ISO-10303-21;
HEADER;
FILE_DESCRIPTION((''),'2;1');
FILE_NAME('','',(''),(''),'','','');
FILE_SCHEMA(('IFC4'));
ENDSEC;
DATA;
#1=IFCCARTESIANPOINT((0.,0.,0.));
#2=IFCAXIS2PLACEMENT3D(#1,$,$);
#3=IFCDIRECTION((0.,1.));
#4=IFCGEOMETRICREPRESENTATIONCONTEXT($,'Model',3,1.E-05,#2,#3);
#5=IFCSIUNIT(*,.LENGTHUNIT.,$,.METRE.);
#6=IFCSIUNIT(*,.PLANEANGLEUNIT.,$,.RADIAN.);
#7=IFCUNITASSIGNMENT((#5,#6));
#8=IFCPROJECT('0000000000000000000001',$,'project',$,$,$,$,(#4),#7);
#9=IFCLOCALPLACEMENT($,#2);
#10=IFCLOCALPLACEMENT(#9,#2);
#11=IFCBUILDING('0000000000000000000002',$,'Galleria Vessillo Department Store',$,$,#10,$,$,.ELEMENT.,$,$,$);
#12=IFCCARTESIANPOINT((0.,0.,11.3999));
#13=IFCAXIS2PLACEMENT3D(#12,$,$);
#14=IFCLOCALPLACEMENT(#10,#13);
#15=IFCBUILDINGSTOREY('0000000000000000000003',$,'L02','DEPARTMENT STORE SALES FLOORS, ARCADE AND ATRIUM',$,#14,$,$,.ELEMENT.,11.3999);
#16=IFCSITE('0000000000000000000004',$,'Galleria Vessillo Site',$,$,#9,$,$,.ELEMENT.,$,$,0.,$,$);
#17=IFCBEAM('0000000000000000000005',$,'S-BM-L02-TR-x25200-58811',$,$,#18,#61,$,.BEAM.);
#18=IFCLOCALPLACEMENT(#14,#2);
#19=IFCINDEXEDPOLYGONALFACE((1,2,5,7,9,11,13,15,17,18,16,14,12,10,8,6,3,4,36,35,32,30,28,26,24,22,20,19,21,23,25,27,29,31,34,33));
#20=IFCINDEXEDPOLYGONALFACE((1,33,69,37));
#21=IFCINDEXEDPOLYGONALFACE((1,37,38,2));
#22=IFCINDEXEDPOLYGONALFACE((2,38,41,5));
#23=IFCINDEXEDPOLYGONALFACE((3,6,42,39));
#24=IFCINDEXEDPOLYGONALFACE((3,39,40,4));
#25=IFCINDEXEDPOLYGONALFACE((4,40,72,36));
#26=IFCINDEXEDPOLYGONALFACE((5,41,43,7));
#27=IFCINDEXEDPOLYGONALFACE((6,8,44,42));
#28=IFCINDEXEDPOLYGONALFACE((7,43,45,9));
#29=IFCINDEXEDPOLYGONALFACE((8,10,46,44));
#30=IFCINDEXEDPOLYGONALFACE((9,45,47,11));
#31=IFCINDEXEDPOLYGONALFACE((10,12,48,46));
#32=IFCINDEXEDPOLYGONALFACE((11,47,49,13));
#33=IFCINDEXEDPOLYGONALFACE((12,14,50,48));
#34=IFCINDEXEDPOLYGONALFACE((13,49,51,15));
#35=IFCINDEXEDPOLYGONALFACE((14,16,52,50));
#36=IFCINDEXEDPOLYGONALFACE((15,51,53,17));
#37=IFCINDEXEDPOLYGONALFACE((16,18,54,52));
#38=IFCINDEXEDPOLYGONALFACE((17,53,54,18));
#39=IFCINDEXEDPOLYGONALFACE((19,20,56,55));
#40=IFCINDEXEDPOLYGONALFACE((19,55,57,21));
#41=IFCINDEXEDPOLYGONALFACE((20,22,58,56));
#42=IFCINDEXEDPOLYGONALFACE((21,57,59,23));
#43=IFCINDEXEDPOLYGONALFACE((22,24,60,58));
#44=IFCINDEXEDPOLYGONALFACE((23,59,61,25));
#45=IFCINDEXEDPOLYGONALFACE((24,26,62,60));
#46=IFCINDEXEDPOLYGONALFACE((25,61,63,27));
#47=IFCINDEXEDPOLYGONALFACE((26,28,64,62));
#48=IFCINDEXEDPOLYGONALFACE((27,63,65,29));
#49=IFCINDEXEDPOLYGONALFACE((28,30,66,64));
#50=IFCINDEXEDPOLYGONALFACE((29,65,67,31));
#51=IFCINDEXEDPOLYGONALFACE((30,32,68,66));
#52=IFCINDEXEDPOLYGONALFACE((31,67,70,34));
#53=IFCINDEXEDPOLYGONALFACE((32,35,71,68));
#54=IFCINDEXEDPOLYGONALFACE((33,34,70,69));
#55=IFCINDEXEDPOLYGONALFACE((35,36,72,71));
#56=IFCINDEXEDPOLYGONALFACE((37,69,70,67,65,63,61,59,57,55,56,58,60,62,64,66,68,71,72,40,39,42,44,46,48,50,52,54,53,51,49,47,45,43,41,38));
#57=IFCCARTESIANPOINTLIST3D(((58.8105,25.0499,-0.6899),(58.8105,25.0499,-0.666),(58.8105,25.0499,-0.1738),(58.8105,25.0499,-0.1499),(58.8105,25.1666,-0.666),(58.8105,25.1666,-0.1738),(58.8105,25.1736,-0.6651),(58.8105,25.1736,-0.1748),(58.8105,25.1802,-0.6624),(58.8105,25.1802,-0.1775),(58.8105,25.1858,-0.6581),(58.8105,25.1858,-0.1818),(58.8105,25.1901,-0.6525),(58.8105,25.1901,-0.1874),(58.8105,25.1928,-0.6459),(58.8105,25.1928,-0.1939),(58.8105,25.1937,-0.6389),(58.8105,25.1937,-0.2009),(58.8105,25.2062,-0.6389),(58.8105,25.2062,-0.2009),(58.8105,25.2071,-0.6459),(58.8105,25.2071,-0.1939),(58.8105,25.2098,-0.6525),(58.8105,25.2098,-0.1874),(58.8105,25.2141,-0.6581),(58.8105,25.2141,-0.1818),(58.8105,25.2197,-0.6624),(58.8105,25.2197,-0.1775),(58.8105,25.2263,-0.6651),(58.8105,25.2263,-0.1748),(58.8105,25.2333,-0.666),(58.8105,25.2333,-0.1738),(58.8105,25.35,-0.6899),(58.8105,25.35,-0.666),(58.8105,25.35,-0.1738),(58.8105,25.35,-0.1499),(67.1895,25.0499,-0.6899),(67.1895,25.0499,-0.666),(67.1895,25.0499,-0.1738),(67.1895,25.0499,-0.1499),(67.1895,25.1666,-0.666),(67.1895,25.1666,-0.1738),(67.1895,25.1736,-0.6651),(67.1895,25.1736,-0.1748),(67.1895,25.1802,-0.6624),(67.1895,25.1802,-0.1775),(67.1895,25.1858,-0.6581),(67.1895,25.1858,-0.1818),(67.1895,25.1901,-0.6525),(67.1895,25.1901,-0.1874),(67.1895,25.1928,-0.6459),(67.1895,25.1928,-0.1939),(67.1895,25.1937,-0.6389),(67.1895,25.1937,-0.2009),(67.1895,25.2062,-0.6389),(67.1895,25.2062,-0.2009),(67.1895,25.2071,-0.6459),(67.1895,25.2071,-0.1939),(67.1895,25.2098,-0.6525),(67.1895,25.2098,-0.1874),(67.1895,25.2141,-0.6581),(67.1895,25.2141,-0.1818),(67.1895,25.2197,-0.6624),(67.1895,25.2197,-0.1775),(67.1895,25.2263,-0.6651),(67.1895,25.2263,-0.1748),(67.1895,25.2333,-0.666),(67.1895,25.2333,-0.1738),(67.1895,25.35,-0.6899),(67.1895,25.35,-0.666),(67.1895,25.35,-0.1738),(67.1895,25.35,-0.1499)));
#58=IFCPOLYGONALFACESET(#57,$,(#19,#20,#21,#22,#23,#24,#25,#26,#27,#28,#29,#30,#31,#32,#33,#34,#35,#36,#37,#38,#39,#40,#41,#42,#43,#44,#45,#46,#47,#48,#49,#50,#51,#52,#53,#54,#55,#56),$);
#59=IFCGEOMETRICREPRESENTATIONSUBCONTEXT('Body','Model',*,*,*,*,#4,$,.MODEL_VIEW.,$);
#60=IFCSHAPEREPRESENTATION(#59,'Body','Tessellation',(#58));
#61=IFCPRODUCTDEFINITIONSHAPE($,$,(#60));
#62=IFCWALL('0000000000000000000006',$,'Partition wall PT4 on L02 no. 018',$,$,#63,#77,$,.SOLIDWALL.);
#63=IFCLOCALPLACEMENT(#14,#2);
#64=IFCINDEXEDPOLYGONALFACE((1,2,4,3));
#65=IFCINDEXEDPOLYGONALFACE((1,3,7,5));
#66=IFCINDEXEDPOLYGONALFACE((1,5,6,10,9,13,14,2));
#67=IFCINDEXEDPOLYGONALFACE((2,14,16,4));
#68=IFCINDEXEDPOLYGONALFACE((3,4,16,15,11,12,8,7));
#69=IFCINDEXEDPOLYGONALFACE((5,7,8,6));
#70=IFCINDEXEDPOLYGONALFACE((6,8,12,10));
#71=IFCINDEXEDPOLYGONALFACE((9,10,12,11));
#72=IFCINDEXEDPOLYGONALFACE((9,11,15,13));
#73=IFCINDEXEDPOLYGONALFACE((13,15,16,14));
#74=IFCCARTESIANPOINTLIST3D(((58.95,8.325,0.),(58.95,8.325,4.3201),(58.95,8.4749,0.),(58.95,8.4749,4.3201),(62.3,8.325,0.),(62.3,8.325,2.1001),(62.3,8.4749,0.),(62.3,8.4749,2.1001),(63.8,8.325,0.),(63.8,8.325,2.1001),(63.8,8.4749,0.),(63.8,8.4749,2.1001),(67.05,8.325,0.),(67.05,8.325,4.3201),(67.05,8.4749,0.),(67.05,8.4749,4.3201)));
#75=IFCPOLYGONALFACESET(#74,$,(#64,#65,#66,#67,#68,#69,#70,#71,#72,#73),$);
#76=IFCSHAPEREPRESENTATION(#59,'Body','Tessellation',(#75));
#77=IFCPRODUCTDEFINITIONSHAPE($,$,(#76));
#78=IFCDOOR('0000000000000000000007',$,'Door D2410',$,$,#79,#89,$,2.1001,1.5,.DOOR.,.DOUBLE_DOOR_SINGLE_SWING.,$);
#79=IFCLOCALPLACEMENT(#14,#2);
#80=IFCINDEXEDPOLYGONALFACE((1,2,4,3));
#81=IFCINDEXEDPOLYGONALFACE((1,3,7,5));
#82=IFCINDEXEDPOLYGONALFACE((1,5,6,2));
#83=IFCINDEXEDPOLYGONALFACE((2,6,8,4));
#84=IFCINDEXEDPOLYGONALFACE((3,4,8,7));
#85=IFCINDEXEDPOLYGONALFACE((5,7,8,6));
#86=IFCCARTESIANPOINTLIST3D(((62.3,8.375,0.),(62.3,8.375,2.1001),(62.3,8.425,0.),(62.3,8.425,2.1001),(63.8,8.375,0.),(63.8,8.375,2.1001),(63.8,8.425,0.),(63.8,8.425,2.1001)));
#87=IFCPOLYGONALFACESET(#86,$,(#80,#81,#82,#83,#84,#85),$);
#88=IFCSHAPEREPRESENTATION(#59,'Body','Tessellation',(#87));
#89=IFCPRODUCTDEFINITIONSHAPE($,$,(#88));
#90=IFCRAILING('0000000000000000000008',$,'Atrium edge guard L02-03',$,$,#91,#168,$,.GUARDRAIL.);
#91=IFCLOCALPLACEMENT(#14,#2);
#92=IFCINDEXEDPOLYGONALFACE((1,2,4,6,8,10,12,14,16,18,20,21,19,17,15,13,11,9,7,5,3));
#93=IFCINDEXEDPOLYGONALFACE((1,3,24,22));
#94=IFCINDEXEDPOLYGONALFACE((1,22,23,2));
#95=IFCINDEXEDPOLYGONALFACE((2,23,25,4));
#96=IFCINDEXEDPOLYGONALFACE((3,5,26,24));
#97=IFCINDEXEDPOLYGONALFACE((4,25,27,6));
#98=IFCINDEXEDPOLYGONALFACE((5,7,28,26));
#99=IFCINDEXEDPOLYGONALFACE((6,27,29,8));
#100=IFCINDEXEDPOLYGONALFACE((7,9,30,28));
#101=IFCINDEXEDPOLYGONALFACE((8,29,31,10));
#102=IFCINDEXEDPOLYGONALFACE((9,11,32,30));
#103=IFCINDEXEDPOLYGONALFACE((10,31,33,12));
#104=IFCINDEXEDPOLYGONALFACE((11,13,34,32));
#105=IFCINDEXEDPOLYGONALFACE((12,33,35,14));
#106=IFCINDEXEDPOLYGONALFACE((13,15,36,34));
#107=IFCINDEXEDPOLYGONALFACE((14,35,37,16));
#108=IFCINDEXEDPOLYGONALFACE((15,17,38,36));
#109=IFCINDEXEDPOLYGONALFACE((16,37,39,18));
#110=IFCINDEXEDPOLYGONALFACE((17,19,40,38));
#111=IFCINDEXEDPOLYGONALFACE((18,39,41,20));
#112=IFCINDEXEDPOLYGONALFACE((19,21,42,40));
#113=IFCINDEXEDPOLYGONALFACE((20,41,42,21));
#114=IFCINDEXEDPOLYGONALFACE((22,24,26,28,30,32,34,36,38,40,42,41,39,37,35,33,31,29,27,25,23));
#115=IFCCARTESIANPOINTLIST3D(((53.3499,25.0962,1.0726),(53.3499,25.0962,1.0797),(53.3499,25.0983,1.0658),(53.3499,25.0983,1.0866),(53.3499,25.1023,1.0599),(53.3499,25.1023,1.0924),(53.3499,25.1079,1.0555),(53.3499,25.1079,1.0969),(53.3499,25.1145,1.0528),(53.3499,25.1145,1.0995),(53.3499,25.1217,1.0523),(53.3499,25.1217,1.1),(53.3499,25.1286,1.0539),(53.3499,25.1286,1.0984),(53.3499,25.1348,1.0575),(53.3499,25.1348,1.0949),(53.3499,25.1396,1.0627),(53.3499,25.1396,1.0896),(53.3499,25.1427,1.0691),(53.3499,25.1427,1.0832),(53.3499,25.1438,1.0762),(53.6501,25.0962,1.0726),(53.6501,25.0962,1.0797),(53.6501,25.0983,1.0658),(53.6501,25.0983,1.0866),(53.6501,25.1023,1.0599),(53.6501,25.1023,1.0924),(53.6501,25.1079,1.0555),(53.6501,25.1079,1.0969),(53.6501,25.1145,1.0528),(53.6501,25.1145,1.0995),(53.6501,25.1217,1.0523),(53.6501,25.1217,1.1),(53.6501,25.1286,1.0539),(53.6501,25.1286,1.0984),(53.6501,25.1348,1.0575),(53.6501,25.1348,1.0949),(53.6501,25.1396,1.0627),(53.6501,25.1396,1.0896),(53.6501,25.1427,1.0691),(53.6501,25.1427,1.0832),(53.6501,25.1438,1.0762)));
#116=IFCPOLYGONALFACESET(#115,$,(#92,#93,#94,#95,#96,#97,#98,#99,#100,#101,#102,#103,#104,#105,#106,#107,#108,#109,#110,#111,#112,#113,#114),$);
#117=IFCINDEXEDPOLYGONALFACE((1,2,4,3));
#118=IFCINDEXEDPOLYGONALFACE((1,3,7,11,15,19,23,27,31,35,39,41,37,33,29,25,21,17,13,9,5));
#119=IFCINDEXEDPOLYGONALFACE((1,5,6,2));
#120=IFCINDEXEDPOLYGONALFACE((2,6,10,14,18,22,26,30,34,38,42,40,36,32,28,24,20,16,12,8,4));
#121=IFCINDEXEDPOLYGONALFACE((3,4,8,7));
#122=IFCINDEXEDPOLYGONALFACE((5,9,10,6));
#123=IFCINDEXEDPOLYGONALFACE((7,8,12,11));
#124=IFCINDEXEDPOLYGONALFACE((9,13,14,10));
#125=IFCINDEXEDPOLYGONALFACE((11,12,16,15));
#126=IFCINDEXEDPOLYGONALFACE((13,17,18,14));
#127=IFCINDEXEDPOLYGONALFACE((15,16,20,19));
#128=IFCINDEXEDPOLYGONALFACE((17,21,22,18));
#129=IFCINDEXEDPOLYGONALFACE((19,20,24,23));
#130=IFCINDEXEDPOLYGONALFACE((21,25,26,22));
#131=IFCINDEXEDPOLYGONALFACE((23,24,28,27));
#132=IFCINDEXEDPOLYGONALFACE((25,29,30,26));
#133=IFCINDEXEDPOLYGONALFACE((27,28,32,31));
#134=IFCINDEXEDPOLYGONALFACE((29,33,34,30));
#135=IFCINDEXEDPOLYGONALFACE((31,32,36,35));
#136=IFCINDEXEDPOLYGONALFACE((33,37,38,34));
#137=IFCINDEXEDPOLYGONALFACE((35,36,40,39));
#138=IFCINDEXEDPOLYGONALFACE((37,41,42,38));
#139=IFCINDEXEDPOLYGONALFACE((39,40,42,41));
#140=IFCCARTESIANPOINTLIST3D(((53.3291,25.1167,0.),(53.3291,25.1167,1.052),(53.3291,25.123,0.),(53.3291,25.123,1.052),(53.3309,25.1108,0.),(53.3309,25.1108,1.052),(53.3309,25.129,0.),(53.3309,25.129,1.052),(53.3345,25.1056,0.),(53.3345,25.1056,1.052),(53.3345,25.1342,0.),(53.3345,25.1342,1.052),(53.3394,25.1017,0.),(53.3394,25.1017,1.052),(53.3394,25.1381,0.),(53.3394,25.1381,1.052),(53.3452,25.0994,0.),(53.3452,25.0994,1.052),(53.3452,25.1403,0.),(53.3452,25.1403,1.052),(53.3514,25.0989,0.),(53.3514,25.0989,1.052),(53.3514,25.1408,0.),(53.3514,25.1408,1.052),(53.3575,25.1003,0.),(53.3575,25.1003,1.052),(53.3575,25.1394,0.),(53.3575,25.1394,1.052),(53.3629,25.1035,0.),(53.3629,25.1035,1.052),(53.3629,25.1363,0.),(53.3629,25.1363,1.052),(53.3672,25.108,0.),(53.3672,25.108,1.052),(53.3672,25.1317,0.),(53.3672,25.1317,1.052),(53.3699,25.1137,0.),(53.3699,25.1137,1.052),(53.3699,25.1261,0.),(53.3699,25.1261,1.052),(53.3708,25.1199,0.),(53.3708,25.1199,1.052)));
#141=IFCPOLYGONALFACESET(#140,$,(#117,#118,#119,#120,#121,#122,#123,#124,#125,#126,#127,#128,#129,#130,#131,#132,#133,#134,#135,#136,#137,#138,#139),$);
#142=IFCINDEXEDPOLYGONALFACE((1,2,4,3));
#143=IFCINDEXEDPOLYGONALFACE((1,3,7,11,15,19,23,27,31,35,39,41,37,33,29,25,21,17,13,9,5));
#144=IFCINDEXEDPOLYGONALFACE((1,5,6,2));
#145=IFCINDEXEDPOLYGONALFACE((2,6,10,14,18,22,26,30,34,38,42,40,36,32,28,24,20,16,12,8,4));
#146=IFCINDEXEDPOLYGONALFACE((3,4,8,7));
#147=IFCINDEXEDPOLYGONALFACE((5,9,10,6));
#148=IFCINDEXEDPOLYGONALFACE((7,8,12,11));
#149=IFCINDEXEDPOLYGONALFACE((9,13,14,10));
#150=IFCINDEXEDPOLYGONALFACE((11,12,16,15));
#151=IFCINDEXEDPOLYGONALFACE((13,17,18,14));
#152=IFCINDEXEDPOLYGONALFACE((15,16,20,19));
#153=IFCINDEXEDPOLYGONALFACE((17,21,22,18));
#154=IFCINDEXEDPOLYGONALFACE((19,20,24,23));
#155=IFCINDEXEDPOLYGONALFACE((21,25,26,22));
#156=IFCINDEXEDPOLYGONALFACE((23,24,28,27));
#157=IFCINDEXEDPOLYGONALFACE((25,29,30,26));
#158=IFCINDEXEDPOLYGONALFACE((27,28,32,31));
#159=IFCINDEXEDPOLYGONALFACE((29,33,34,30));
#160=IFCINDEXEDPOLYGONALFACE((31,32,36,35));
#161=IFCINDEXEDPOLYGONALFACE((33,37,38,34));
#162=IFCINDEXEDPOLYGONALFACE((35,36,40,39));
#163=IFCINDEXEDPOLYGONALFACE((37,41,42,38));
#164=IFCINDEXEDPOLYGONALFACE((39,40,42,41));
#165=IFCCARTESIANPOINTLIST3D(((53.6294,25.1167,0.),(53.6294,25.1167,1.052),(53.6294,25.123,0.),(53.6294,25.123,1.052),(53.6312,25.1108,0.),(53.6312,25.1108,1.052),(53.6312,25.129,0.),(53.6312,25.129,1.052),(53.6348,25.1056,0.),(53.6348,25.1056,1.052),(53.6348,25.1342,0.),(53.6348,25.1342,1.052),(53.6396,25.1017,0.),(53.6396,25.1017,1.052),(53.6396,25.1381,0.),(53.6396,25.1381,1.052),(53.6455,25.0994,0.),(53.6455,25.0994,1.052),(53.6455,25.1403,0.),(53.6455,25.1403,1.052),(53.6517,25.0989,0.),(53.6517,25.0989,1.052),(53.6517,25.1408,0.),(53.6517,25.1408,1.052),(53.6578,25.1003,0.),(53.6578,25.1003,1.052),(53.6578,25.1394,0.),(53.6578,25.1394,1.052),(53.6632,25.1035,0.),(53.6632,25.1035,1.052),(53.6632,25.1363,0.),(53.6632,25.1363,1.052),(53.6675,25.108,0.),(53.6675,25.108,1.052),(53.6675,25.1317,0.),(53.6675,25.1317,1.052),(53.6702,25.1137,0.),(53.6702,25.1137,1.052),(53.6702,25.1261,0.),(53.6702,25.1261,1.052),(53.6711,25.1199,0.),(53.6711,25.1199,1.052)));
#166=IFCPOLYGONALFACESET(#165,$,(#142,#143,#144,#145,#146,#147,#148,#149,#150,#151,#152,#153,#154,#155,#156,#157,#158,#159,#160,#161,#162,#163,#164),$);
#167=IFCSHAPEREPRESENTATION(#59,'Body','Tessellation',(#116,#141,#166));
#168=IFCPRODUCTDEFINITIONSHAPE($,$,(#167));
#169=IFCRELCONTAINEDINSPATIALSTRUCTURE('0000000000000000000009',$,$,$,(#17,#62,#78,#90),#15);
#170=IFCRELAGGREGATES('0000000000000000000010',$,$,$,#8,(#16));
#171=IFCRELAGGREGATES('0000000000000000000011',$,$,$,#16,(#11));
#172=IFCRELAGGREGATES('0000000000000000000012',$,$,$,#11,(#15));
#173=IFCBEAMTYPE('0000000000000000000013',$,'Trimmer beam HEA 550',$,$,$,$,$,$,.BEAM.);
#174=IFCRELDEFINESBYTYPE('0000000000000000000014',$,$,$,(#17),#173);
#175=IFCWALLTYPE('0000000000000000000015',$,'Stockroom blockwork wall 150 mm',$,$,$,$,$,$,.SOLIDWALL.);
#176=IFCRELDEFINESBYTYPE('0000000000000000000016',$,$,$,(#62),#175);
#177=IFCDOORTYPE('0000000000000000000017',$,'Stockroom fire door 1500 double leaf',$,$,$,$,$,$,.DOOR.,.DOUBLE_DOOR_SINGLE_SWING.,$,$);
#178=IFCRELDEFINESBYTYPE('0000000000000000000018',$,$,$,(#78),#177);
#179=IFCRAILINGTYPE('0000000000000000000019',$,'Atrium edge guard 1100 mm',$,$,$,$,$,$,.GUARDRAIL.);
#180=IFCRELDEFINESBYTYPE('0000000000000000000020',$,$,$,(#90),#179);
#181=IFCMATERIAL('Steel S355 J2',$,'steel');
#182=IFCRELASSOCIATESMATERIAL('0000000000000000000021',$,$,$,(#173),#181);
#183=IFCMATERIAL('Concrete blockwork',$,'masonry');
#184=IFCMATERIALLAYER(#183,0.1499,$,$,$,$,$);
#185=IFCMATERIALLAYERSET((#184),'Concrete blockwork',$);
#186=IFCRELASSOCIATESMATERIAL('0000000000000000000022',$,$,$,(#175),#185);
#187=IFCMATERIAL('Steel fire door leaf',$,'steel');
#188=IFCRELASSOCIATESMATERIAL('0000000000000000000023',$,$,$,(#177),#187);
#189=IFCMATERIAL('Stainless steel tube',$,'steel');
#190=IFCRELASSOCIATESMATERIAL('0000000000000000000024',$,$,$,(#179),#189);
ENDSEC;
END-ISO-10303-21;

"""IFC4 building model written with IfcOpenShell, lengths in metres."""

from ifc_helpers import new_model, si_unit, direction, frame, frame_2d, origin, origin_2d, place, context, subcontext, project, spatial, rectangle, circle, i_section, extrude, material, layer, layer_set, material_profile, profile_set, type_object, element, fill, save


model = new_model("IFC4")

# Units and contexts
model_context = context("Model", 3, precision=1e-05, world=origin(), true_north=direction((0.0, 1.0)))
body_context = subcontext(model_context, "Body", "Model", "MODEL_VIEW")
ifc_project = project(units=[si_unit("LENGTHUNIT", "METRE"), si_unit("PLANEANGLEUNIT", "RADIAN")], contexts=[model_context])

# Site, building, storey
site_placement = place(None, origin())
site = spatial("IfcSite", under=ifc_project, at=site_placement, Name="Galleria Vessillo Site", CompositionType="ELEMENT", RefElevation=0.0)
building_placement = place(site_placement, origin())
building = spatial("IfcBuilding", under=site, at=building_placement, Name="Galleria Vessillo Department Store", CompositionType="ELEMENT")
storey_placement = place(building_placement, frame((0.0, 0.0, 11.3999)))
storey = spatial("IfcBuildingStorey", under=building, at=storey_placement, Name="L02", Description="DEPARTMENT STORE SALES FLOORS, ARCADE AND ATRIUM", CompositionType="ELEMENT", Elevation=11.3999)

# Beam
ifc_material_1 = material(Name="Steel S355 J2", Category="steel")
ifc_material_profile_1 = material_profile(ifc_material_1, i_section(OverallWidth=0.3, OverallDepth=0.54, WebThickness=0.0125, FlangeThickness=0.0239, FilletRadius=0.0271, at=origin_2d()), Name="HEA 550")
ifc_profile_set_1 = profile_set([ifc_material_profile_1], Name="Steel S355 J2")
beam_type_1 = type_object("IfcBeamType", Name="Trimmer beam HEA 550", PredefinedType="BEAM", material=ifc_profile_set_1)
beam_1_placement = place(storey_placement, frame((58.8105, 25.2, -0.4199), z_axis=(1.0, 0.0, 0.0), x_axis=(0.0, 1.0, 0.0)))
element("IfcBeam", 1, at=beam_1_placement, inside=storey, type_object=beam_type_1, Name="S-BM-L02-TR-x25200-58811", PredefinedType="BEAM", context=body_context, shape_type="SweptSolid", body=[
    extrude(i_section(OverallWidth=0.3, OverallDepth=0.54, WebThickness=0.0125, FlangeThickness=0.0239, FilletRadius=0.0271, at=origin_2d()), origin(), (0.0, 0.0, 1.0), 8.3789),
])

# Wall, opening, door
ifc_material_2 = material(Name="Concrete blockwork", Category="masonry")
ifc_layer = layer(ifc_material_2, 0.1499)
ifc_layer_set = layer_set([ifc_layer], Name="Concrete blockwork")
wall_type = type_object("IfcWallType", Name="Stockroom blockwork wall 150 mm", PredefinedType="SOLIDWALL", material=ifc_layer_set)
wall_placement = place(storey_placement, frame((58.95, 8.3999, 0.0), z_axis=(0.0, 0.0, 1.0), x_axis=(1.0, 0.0, 0.0)))
wall = element("IfcWall", 2, at=wall_placement, inside=storey, type_object=wall_type, Name="Partition wall PT4 on L02 no. 018", PredefinedType="SOLIDWALL", context=body_context, shape_type="SweptSolid", body=[
    extrude(rectangle(XDim=8.1001, YDim=0.1499, at=frame_2d((4.05, 0.0))), origin(), (0.0, 0.0, 1.0), 4.3201),
])
opening_placement = place(wall_placement, frame((3.3501, 0.0, 0.0)))
opening = element("IfcOpeningElement", 3, at=opening_placement, cuts=wall, PredefinedType="OPENING", context=body_context, shape_type="SweptSolid", body=[
    extrude(rectangle(XDim=1.5, YDim=2.1001, at=frame_2d((0.75, 1.05))), frame((0.0, 0.085, 0.0), z_axis=(0.0, -1.0, 0.0), x_axis=(1.0, 0.0, 0.0)), (0.0, 0.0, 1.0), 0.1699),
])
ifc_material_3 = material(Name="Steel fire door leaf", Category="steel")
door_type = type_object("IfcDoorType", Name="Stockroom fire door 1500 double leaf", OperationType="DOUBLE_DOOR_SINGLE_SWING", PredefinedType="DOOR", material=ifc_material_3)
door_placement = place(opening_placement, frame((1.5, 0.0, 0.0), z_axis=(0.0, 0.0, 1.0), x_axis=(-1.0, 0.0, 0.0)))
door = element("IfcDoor", 4, at=door_placement, inside=storey, type_object=door_type, Name="Door D2410", OperationType="DOUBLE_DOOR_SINGLE_SWING", OverallHeight=2.1001, OverallWidth=1.5, PredefinedType="DOOR", context=body_context, shape_type="SweptSolid", body=[
    extrude(rectangle(XDim=1.5, YDim=2.1001, at=frame_2d((0.75, 1.05))), frame((0.0, 0.0249, 0.0), z_axis=(0.0, -1.0, 0.0), x_axis=(1.0, 0.0, 0.0)), (0.0, 0.0, 1.0), 0.05),
])
fill(opening, door)

# Railing
ifc_material_4 = material(Name="Stainless steel tube", Category="steel")
railing_type_1 = type_object("IfcRailingType", Name="Atrium edge guard 1100 mm", PredefinedType="GUARDRAIL", material=ifc_material_4)
railing_1_placement = place(storey_placement, frame((53.3499, 25.1199, 0.0)))
element("IfcRailing", 5, at=railing_1_placement, inside=storey, type_object=railing_type_1, Name="Atrium edge guard L02-03", PredefinedType="GUARDRAIL", context=body_context, shape_type="SweptSolid", body=[
    extrude(circle(Radius=0.0239, at=origin_2d()), frame((0.0, 0.0, 1.0762), z_axis=(1.0, 0.0, 0.0), x_axis=(0.0, 1.0, 0.0)), (0.0, 0.0, 1.0), 0.3003),
    extrude(circle(Radius=0.021, at=origin_2d()), origin(), (0.0, 0.0, 1.0), 1.052),
    extrude(circle(Radius=0.021, at=origin_2d()), frame((0.3003, 0.0, 0.0)), (0.0, 0.0, 1.0), 1.052),
])

save(model, "model.ifc")
